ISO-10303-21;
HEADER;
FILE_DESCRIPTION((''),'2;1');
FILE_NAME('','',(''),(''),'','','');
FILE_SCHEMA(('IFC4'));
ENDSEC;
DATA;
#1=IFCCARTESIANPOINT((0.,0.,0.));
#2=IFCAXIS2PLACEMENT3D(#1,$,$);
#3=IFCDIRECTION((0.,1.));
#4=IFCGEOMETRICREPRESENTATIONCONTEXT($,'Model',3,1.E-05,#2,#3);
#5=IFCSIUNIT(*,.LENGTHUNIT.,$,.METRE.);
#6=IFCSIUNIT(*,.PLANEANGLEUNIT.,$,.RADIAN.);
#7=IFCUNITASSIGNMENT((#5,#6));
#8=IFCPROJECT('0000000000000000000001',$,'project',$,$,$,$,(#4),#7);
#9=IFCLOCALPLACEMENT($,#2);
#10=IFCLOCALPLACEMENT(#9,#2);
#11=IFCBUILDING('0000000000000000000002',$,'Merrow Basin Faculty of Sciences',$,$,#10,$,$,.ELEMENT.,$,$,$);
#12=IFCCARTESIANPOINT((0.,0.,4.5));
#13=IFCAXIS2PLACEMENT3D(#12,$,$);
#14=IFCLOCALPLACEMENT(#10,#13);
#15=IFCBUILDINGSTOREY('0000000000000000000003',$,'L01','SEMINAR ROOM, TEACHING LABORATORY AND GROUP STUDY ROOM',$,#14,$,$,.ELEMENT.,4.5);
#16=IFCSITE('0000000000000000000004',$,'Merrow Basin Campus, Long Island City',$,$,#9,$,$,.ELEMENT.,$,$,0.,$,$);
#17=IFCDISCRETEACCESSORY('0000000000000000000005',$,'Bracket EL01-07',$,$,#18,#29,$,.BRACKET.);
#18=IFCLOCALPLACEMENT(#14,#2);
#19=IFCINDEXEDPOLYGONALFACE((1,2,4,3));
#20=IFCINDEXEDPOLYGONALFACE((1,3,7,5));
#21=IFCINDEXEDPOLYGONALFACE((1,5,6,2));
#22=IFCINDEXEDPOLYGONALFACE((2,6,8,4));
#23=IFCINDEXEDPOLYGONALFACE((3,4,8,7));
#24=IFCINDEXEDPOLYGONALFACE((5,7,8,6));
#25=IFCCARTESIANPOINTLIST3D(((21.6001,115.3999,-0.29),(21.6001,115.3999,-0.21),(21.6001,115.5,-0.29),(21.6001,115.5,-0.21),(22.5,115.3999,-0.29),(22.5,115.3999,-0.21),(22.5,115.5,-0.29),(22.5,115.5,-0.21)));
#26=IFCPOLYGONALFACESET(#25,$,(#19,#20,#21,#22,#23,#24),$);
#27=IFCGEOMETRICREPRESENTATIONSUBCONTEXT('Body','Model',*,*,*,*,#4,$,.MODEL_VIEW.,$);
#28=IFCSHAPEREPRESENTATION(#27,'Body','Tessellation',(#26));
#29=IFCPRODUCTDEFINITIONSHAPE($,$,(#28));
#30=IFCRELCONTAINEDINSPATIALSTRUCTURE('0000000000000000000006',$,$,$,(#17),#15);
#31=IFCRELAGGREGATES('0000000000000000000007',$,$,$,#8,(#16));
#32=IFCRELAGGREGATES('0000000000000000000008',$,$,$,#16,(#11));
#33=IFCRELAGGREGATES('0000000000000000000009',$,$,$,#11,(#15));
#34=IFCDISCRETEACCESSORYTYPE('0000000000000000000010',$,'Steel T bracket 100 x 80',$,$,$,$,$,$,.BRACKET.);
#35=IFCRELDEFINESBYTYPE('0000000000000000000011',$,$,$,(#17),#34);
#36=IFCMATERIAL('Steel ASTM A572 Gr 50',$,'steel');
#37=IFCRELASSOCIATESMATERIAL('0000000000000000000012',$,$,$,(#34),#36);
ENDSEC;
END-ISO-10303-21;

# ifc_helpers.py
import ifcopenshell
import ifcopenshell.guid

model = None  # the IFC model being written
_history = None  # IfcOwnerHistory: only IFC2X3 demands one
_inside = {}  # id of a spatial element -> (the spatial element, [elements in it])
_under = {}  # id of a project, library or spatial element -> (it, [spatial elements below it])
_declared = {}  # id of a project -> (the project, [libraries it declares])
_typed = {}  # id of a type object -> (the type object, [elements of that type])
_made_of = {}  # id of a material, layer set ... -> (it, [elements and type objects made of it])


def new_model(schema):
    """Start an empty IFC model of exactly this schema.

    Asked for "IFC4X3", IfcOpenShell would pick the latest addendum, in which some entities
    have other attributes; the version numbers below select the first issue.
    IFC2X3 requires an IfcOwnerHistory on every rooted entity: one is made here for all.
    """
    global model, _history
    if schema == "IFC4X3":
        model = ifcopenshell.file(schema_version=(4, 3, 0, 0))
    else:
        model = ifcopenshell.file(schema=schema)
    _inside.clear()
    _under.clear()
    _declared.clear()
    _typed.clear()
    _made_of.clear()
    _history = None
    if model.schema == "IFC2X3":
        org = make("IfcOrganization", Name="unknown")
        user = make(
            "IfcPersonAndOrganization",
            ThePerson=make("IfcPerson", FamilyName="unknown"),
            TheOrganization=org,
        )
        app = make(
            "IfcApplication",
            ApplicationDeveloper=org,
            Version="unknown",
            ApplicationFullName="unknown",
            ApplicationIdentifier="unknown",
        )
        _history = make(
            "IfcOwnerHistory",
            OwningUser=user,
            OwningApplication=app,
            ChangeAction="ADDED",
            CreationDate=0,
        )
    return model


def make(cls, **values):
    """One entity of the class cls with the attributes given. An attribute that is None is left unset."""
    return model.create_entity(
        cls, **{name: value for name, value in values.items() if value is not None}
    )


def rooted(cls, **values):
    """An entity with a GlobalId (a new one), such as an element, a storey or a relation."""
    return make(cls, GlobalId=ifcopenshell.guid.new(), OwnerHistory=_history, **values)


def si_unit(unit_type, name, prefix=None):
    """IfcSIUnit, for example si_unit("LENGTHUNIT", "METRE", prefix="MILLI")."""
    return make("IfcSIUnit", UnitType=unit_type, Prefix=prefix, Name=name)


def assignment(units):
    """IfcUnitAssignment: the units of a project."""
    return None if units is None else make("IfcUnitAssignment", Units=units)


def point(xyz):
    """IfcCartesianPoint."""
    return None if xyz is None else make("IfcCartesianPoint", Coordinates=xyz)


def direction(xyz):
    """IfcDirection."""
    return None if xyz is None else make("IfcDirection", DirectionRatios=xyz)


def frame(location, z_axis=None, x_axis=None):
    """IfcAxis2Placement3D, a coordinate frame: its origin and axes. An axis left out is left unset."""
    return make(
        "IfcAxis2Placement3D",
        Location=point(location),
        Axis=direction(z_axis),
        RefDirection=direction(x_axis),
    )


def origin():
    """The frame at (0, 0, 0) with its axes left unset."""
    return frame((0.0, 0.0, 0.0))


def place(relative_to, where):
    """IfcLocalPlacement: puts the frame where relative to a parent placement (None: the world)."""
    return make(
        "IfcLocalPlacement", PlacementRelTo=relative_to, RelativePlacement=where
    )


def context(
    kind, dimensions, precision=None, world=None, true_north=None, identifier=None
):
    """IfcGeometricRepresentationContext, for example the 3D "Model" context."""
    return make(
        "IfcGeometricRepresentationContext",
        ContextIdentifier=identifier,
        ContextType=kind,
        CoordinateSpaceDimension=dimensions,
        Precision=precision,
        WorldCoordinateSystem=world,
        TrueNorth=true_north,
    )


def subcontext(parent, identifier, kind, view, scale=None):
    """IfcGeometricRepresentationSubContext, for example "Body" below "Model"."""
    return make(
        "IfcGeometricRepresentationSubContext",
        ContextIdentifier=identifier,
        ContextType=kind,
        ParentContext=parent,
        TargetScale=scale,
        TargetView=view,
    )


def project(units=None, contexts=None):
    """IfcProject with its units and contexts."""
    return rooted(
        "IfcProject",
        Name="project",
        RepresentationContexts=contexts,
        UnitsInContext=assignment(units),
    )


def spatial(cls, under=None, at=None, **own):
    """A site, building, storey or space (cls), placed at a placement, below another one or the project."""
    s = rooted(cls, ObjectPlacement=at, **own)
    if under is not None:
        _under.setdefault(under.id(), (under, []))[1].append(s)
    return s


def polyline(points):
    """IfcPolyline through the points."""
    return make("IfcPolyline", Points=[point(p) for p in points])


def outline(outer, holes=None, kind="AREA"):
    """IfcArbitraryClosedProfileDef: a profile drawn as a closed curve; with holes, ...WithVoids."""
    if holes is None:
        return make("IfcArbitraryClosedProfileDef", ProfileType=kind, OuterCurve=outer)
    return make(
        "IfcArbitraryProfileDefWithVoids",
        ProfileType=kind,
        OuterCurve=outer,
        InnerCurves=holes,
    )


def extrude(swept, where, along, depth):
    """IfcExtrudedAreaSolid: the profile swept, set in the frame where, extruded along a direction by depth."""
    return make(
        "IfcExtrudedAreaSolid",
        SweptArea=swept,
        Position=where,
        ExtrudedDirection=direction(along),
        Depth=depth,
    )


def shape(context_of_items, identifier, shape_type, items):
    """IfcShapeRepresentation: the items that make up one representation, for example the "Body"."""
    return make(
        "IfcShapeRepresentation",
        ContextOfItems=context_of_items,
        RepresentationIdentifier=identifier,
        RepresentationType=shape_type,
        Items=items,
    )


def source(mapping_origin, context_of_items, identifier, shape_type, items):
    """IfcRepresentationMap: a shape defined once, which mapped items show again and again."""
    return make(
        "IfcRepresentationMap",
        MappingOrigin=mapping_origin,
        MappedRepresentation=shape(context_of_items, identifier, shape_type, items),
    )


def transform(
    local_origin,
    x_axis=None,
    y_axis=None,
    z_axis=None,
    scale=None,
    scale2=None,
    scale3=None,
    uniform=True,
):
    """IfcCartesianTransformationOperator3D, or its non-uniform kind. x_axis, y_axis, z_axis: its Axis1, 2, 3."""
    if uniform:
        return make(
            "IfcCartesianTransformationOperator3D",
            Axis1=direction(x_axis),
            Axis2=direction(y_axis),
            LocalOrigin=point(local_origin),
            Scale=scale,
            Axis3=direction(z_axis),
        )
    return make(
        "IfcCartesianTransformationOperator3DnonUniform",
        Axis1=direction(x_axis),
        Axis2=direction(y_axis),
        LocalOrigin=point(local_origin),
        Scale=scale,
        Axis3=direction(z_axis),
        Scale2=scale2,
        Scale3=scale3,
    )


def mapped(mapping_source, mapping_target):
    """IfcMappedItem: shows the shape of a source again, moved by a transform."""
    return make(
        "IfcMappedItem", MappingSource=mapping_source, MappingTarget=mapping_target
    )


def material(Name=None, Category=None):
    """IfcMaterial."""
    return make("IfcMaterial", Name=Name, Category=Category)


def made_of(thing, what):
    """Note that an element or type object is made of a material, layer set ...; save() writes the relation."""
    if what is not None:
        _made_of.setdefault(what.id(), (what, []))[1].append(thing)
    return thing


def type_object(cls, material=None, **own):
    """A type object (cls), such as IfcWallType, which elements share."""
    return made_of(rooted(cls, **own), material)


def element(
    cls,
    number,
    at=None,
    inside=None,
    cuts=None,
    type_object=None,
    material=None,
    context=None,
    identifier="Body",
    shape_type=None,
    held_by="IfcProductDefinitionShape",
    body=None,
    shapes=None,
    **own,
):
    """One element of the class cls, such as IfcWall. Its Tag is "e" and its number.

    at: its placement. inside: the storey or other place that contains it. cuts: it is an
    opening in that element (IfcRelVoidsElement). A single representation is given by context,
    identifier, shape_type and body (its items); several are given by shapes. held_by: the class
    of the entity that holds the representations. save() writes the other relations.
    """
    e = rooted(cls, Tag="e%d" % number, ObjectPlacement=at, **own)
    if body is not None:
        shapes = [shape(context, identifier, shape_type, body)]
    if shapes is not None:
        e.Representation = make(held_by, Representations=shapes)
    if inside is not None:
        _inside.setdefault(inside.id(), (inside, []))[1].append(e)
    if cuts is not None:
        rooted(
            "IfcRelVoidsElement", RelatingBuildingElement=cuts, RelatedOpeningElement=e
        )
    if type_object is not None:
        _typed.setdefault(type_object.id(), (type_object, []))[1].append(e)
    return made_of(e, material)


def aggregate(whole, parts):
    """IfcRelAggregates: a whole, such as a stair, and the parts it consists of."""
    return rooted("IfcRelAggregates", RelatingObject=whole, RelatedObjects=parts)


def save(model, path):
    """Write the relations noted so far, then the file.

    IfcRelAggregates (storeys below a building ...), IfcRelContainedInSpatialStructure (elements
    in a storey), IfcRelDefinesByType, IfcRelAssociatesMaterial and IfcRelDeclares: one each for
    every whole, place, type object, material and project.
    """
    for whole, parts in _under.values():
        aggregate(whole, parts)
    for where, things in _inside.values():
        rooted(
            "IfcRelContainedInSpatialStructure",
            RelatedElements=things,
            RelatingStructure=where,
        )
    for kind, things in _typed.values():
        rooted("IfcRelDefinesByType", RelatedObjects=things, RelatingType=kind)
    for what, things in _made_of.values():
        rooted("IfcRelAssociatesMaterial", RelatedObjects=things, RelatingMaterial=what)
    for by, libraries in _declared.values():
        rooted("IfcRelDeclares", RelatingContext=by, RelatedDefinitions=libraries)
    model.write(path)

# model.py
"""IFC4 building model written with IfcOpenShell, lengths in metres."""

from ifc_helpers import new_model, si_unit, direction, frame, origin, place, context, subcontext, project, spatial, polyline, outline, extrude, source, transform, mapped, material, type_object, element, save


model = new_model("IFC4")

# Units and contexts
model_context = context("Model", 3, precision=1e-05, world=origin(), true_north=direction((0.0, 1.0)))
body_context = subcontext(model_context, "Body", "Model", "MODEL_VIEW")
ifc_project = project(units=[si_unit("LENGTHUNIT", "METRE"), si_unit("PLANEANGLEUNIT", "RADIAN")], contexts=[model_context])

# Site, building, storey
site_placement = place(None, origin())
site = spatial("IfcSite", under=ifc_project, at=site_placement, Name="Merrow Basin Campus, Long Island City", CompositionType="ELEMENT", RefElevation=0.0)
building_placement = place(site_placement, origin())
building = spatial("IfcBuilding", under=site, at=building_placement, Name="Merrow Basin Faculty of Sciences", CompositionType="ELEMENT")
storey_placement = place(building_placement, frame((0.0, 0.0, 4.5)))
storey = spatial("IfcBuildingStorey", under=building, at=storey_placement, Name="L01", Description="SEMINAR ROOM, TEACHING LABORATORY AND GROUP STUDY ROOM", CompositionType="ELEMENT", Elevation=4.5)

# Discrete accessory
ifc_material_1 = material(Name="Steel ASTM A572 Gr 50", Category="steel")
discrete_accessory_type = type_object("IfcDiscreteAccessoryType", Name="Steel T bracket 100 x 80", PredefinedType="BRACKET", material=ifc_material_1)
shared_shape_1 = source(origin(), body_context, "Body", "SweptSolid", [
    extrude(outline(polyline([(0.0, 0.0), (0.1001, 0.0), (0.1001, 0.0801), (0.0, 0.0801), (0.0, 0.0)])), origin(), (0.0, 0.0, 1.0), 0.8999),
])
for number, where, z_axis, x_axis, name in (
    (1, (22.5, 115.5, -0.29), (-1.0, 0.0, 0.0), (0.0, -1.0, 0.0), "Bracket EL01-07"),
):
    element("IfcDiscreteAccessory", number, at=place(storey_placement, frame(where, z_axis=z_axis, x_axis=x_axis)), inside=storey, type_object=discrete_accessory_type, Name=name, PredefinedType="BRACKET", context=body_context, shape_type="MappedRepresentation", body=[
        mapped(shared_shape_1, transform((0.0, 0.0, 0.0), scale=1.0)),
    ])

save(model, "model.ifc")
